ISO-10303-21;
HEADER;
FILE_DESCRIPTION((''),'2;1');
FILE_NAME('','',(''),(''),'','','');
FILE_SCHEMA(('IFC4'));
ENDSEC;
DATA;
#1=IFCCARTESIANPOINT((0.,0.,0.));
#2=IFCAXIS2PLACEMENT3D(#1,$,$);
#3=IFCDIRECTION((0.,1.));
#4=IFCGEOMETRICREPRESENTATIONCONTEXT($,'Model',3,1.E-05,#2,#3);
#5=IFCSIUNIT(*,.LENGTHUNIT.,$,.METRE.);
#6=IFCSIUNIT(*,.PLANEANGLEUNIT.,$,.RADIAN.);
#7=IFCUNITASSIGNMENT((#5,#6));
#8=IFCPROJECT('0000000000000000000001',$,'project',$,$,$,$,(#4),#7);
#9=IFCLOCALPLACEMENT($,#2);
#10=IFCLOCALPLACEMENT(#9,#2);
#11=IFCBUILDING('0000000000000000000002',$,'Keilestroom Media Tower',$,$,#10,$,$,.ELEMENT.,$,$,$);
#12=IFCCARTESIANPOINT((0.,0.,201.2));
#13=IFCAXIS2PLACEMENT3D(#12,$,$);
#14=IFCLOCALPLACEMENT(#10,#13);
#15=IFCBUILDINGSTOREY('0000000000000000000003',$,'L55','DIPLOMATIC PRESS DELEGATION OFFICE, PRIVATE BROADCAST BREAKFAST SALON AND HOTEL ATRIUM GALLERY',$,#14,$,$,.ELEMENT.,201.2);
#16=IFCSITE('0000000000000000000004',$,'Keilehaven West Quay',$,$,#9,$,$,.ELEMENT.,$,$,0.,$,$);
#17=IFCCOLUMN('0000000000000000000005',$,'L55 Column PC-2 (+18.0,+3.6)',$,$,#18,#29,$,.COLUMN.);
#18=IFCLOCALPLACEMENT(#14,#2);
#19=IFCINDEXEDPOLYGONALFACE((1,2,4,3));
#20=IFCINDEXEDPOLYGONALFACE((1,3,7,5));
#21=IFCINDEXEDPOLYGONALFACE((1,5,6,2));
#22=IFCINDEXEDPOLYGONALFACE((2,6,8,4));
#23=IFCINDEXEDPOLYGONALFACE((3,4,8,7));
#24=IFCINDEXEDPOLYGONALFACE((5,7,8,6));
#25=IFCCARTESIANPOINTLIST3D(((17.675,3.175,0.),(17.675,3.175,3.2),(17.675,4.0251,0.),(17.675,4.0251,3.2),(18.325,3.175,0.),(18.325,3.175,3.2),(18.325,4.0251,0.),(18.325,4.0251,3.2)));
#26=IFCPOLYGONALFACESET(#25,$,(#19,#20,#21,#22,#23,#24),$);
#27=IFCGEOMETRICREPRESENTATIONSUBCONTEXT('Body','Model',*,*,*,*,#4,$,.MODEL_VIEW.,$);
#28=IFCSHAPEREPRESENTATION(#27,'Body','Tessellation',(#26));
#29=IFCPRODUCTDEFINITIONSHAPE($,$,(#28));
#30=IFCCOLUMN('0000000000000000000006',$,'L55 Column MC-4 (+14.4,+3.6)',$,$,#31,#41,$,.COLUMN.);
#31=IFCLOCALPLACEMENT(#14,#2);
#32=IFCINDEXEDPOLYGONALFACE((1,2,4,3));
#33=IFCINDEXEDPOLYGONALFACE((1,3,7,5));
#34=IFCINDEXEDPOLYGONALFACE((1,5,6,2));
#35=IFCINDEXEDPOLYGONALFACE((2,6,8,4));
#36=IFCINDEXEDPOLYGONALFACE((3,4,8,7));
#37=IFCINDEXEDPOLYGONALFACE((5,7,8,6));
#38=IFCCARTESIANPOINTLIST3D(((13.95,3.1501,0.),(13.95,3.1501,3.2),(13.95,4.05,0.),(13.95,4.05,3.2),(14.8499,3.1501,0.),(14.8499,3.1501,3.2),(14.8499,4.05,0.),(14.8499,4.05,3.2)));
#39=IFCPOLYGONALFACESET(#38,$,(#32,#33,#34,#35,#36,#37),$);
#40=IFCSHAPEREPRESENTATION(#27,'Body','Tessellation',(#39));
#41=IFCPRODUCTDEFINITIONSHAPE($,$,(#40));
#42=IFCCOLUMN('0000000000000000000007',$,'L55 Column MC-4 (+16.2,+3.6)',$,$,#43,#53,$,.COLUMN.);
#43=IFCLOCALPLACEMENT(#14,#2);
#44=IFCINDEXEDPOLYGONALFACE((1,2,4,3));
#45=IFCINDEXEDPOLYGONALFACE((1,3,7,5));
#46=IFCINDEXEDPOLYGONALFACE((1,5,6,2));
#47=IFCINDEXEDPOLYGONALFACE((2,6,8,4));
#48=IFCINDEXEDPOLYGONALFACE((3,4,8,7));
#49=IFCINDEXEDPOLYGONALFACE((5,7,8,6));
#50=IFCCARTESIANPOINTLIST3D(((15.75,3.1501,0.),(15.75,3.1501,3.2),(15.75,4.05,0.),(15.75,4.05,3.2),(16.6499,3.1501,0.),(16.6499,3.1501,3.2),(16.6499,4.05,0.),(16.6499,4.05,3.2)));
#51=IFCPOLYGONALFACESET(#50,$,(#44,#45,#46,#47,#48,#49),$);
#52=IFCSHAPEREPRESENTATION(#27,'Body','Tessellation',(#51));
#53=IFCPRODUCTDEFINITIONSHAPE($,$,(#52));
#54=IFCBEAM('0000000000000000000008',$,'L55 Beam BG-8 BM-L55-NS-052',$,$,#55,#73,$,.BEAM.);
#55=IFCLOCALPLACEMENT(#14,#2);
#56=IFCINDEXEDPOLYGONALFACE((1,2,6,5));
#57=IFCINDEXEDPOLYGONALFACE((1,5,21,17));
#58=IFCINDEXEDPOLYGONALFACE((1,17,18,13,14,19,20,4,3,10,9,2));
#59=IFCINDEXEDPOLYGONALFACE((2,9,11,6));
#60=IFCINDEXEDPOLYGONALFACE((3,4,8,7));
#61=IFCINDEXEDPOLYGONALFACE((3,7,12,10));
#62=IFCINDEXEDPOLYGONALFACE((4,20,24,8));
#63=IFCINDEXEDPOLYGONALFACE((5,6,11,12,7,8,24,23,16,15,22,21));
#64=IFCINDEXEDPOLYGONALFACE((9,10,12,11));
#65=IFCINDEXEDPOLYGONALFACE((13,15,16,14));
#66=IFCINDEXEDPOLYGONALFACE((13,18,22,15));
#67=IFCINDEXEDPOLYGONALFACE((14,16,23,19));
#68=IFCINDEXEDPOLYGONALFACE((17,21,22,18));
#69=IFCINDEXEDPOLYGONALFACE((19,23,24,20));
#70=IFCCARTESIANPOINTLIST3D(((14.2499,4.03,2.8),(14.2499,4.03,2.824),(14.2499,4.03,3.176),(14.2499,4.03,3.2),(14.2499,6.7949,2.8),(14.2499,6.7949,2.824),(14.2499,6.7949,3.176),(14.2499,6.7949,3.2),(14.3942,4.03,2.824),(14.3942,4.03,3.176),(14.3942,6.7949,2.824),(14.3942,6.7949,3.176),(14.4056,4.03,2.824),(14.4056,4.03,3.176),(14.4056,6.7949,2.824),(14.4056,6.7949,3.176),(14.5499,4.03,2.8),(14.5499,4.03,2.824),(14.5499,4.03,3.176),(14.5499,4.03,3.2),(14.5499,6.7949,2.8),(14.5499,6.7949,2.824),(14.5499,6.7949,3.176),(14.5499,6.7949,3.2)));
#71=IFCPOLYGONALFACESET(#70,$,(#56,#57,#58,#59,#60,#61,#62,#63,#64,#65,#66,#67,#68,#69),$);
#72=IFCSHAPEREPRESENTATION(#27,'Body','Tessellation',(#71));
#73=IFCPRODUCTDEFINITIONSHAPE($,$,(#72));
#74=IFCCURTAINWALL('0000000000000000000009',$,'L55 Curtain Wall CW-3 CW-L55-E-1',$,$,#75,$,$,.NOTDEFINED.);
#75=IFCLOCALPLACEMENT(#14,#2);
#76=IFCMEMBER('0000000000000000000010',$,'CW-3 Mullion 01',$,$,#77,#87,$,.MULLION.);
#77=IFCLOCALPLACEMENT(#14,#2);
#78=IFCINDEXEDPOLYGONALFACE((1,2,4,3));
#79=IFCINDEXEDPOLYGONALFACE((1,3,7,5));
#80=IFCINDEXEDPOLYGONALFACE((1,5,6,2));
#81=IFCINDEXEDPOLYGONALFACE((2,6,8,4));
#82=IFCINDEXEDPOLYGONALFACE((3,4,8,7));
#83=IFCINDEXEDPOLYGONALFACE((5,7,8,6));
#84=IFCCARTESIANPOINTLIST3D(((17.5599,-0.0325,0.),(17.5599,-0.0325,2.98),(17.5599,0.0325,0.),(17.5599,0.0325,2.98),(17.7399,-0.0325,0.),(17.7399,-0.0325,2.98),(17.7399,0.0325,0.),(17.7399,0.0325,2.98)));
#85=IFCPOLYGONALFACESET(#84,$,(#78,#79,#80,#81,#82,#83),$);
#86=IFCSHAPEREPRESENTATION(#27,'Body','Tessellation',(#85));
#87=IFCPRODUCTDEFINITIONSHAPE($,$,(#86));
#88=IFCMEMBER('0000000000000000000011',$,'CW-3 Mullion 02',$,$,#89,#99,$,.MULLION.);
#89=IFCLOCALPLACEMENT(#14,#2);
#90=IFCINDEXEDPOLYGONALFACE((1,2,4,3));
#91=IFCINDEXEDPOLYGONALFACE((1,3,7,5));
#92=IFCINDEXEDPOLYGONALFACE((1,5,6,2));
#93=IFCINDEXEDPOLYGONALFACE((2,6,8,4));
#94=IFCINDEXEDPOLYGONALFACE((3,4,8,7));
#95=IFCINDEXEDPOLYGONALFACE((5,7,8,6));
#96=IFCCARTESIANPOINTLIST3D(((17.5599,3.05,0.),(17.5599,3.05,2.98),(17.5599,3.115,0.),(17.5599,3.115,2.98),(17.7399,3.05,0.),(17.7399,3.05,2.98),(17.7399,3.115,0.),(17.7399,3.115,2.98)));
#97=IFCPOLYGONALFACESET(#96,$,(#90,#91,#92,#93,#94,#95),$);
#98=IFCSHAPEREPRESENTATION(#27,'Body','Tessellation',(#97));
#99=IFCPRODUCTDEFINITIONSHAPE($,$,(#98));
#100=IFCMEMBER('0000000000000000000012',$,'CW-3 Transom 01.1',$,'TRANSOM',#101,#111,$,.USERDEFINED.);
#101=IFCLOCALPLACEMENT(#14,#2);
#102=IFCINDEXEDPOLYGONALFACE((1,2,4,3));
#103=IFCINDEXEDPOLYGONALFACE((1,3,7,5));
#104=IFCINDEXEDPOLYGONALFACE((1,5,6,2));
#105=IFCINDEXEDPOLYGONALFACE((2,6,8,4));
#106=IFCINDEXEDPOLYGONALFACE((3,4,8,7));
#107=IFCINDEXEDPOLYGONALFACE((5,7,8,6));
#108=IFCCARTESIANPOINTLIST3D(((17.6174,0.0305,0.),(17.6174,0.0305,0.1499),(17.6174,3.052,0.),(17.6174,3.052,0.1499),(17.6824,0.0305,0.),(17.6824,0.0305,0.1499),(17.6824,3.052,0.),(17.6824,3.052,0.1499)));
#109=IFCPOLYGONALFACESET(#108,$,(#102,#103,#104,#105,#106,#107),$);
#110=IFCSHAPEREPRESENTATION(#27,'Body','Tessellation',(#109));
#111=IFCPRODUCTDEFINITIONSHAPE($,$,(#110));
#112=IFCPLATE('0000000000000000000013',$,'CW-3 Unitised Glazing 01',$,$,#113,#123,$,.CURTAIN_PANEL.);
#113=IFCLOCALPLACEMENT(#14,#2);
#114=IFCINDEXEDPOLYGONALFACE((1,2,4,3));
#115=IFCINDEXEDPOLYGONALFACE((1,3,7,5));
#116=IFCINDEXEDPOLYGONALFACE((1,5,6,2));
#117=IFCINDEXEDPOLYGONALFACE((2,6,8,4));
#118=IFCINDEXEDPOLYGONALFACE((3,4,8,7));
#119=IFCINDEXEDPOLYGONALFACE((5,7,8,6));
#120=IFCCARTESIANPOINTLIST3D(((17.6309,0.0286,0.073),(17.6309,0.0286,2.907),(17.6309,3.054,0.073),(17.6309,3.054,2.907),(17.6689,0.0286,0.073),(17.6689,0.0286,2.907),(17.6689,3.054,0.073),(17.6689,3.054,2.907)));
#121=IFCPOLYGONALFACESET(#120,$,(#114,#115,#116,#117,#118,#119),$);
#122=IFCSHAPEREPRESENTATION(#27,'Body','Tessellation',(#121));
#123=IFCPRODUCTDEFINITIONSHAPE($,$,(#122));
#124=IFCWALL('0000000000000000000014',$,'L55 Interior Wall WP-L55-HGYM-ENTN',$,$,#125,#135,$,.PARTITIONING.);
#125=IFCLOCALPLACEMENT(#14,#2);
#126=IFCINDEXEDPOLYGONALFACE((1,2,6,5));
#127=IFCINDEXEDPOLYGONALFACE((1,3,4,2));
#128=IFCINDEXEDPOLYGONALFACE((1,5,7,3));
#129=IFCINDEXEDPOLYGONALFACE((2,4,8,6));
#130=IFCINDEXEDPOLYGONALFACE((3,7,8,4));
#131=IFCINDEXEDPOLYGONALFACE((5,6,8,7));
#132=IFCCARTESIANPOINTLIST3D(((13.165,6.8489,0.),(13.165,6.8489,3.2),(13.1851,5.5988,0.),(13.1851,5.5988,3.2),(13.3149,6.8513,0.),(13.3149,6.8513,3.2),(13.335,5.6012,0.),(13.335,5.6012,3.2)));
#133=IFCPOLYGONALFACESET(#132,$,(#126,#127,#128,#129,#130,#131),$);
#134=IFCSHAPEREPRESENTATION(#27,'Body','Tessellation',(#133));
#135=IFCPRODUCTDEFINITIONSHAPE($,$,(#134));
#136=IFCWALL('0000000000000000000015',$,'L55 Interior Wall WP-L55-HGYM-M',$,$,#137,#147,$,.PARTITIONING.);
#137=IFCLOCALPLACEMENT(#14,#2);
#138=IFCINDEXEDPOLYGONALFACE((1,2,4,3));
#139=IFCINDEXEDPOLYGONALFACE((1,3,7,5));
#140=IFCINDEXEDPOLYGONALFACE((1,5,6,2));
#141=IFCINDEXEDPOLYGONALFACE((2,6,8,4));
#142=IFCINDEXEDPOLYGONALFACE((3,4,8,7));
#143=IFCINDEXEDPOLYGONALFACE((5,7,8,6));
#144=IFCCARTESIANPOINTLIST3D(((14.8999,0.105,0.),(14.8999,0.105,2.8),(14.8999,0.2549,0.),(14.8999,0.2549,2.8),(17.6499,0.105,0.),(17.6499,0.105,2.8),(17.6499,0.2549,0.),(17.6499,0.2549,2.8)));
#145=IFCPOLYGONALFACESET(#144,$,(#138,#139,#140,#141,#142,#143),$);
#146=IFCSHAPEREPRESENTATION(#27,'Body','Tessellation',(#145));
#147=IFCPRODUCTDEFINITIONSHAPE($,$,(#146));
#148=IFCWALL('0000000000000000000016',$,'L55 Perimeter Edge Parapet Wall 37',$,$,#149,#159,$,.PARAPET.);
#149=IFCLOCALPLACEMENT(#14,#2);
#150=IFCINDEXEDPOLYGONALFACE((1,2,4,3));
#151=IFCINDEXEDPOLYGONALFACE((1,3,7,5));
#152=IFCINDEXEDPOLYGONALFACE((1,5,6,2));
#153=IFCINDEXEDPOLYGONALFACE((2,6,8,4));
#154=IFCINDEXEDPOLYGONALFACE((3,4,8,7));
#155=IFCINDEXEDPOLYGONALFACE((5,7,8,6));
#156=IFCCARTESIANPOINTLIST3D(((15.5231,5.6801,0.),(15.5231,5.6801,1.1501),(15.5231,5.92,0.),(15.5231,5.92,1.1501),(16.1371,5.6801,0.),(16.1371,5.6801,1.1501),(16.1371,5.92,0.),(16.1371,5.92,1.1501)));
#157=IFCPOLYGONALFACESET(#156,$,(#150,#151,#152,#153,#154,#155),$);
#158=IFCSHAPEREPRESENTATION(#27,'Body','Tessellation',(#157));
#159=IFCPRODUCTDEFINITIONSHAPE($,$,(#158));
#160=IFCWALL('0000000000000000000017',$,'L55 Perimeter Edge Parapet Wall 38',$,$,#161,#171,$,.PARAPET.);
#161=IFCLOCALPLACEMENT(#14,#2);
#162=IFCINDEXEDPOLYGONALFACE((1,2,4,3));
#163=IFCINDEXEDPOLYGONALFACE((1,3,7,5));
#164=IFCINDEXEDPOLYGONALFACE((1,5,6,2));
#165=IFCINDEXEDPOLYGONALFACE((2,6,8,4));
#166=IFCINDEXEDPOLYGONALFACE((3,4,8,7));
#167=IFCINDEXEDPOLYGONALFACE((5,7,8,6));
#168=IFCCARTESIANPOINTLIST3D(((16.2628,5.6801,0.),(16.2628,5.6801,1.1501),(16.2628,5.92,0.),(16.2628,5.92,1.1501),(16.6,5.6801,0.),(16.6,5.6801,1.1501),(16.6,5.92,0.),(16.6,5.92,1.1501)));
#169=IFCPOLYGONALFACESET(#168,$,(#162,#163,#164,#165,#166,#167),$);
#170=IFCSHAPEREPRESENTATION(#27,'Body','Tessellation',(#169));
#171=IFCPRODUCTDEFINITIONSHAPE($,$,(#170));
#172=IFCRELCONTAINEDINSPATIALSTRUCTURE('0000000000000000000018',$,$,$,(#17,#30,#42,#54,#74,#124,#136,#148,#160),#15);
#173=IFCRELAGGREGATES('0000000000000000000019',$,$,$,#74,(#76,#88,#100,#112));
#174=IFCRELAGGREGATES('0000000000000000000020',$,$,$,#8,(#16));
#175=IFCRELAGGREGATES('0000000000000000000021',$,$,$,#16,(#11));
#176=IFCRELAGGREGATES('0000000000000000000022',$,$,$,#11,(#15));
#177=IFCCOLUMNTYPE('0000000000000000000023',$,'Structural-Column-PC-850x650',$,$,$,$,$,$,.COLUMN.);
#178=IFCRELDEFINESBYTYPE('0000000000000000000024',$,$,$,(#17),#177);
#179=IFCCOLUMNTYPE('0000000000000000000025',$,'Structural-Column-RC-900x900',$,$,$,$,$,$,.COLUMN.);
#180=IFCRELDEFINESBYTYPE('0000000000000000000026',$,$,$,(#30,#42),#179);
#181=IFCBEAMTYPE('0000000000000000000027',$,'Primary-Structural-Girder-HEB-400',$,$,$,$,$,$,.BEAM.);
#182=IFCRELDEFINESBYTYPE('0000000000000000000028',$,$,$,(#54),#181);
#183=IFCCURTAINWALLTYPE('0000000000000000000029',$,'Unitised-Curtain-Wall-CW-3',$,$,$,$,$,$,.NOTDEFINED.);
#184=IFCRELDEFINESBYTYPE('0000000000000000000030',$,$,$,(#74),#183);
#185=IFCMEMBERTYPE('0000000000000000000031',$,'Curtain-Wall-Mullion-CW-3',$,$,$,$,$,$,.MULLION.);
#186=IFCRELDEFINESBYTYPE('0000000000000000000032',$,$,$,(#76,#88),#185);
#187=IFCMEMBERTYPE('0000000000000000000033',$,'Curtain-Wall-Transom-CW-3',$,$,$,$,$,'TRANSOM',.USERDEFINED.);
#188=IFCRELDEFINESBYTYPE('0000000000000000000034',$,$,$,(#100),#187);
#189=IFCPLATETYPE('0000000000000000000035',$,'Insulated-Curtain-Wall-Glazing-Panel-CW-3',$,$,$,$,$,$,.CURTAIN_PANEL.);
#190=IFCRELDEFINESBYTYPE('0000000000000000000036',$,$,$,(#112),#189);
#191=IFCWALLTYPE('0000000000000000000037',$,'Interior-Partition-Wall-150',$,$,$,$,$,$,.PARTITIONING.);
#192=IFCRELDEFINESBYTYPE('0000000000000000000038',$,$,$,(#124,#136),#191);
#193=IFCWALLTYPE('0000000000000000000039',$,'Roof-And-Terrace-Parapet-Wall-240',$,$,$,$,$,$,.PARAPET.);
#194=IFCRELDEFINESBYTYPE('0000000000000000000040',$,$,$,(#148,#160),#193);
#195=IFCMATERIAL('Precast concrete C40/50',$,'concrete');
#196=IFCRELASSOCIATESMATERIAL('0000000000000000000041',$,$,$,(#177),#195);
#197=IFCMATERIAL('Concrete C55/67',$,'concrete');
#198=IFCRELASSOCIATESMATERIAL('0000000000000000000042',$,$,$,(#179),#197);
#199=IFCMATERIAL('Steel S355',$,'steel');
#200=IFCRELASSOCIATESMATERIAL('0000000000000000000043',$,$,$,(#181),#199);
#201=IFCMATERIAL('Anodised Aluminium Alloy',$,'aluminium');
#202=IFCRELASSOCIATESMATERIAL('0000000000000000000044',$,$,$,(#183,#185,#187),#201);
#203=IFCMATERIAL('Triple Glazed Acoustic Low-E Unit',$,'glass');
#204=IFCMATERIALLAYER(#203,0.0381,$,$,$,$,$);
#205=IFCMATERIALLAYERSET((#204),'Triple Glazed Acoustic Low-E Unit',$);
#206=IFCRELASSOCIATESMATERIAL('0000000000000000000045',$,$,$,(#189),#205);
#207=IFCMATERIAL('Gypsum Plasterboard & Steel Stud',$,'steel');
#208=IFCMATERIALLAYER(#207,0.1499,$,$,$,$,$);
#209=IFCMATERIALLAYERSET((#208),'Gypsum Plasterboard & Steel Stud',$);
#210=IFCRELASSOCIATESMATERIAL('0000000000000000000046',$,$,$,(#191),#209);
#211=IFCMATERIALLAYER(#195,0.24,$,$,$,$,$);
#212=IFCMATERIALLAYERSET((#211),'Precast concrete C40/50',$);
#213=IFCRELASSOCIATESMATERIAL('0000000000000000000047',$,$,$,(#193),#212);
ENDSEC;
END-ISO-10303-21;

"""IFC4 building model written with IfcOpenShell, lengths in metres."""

from ifc_helpers import new_model, si_unit, direction, frame, frame_2d, origin, origin_2d, place, context, subcontext, project, spatial, rectangle, i_section, extrude, source, transform, mapped, material, layer, layer_set, material_profile, profile_set, type_object, element, aggregate, save


model = new_model("IFC4")

# Units and contexts
model_context = context("Model", 3, precision=1e-05, world=origin(), true_north=direction((0.0, 1.0)))
body_context = subcontext(model_context, "Body", "Model", "MODEL_VIEW")
ifc_project = project(units=[si_unit("LENGTHUNIT", "METRE"), si_unit("PLANEANGLEUNIT", "RADIAN")], contexts=[model_context])

# Site, building, storey
site_placement = place(None, origin())
site = spatial("IfcSite", under=ifc_project, at=site_placement, Name="Keilehaven West Quay", CompositionType="ELEMENT", RefElevation=0.0)
building_placement = place(site_placement, origin())
building = spatial("IfcBuilding", under=site, at=building_placement, Name="Keilestroom Media Tower", CompositionType="ELEMENT")
storey_placement = place(building_placement, frame((0.0, 0.0, 201.2)))
storey = spatial("IfcBuildingStorey", under=building, at=storey_placement, Name="L55", Description="DIPLOMATIC PRESS DELEGATION OFFICE, PRIVATE BROADCAST BREAKFAST SALON AND HOTEL ATRIUM GALLERY", CompositionType="ELEMENT", Elevation=201.2)

# Columns
ifc_material_1 = material(Name="Precast concrete C40/50", Category="concrete")
ifc_material_profile_1 = material_profile(ifc_material_1, rectangle(XDim=0.6499, YDim=0.8501, at=origin_2d()), Name="PC 850x650")
ifc_profile_set_1 = profile_set([ifc_material_profile_1], Name="Precast concrete C40/50")
column_type_1 = type_object("IfcColumnType", Name="Structural-Column-PC-850x650", PredefinedType="COLUMN", material=ifc_profile_set_1)
shared_shape_1 = source(origin(), body_context, "Body", "SweptSolid", [
    extrude(rectangle(XDim=0.6499, YDim=0.8501, at=origin_2d()), origin(), (0.0, 0.0, 1.0), 3.2),
])
column_placement = place(storey_placement, frame((18.0, 3.6001, 0.0), z_axis=(0.0, 0.0, 1.0), x_axis=(1.0, 0.0, 0.0)))
element("IfcColumn", 1, at=column_placement, inside=storey, type_object=column_type_1, Name="L55 Column PC-2 (+18.0,+3.6)", PredefinedType="COLUMN", context=body_context, shape_type="MappedRepresentation", body=[
    mapped(shared_shape_1, transform((0.0, 0.0, 0.0), x_axis=(1.0, 0.0, 0.0), y_axis=(0.0, 1.0, 0.0), z_axis=(0.0, 0.0, 1.0), scale=1.0)),
])
ifc_material_2 = material(Name="Concrete C55/67", Category="concrete")
ifc_material_profile_2 = material_profile(ifc_material_2, rectangle(XDim=0.8999, YDim=0.8999, at=origin_2d()), Name="RC 900x900")
ifc_profile_set_2 = profile_set([ifc_material_profile_2], Name="Concrete C55/67")
column_type_2 = type_object("IfcColumnType", Name="Structural-Column-RC-900x900", PredefinedType="COLUMN", material=ifc_profile_set_2)
shared_shape_2 = source(origin(), body_context, "Body", "SweptSolid", [
    extrude(rectangle(XDim=0.8999, YDim=0.8999, at=origin_2d()), origin(), (0.0, 0.0, 1.0), 3.2),
])
for number, where, z_axis, x_axis, name in (
    (2, (14.3999, 3.6001, 0.0), (0.0, 0.0, 1.0), (1.0, 0.0, 0.0), "L55 Column MC-4 (+14.4,+3.6)"),
    (3, (16.2, 3.6001, 0.0), (0.0, 0.0, 1.0), (1.0, 0.0, 0.0), "L55 Column MC-4 (+16.2,+3.6)"),
):
    element("IfcColumn", number, at=place(storey_placement, frame(where, z_axis=z_axis, x_axis=x_axis)), inside=storey, type_object=column_type_2, Name=name, PredefinedType="COLUMN", context=body_context, shape_type="MappedRepresentation", body=[
        mapped(shared_shape_2, transform((0.0, 0.0, 0.0), x_axis=(1.0, 0.0, 0.0), y_axis=(0.0, 1.0, 0.0), z_axis=(0.0, 0.0, 1.0), scale=1.0)),
    ])

# Beam
ifc_material_3 = material(Name="Steel S355", Category="steel")
ifc_material_profile_3 = material_profile(ifc_material_3, i_section(OverallWidth=0.3, OverallDepth=0.3999, WebThickness=0.0115, FlangeThickness=0.0239, at=origin_2d()), Name="HEB 400")
ifc_profile_set_3 = profile_set([ifc_material_profile_3], Name="Steel S355")
beam_type = type_object("IfcBeamType", Name="Primary-Structural-Girder-HEB-400", PredefinedType="BEAM", material=ifc_profile_set_3)
shared_shape_3 = source(origin(), body_context, "Body", "SweptSolid", [
    extrude(i_section(OverallWidth=0.3, OverallDepth=0.3999, WebThickness=0.0115, FlangeThickness=0.0239, at=origin_2d()), origin(), (0.0, 0.0, 1.0), 2.7649),
])
beam_placement = place(storey_placement, frame((14.3999, 4.03, 3.0), z_axis=(0.0, 1.0, 0.0), x_axis=(-1.0, 0.0, 0.0)))
element("IfcBeam", 4, at=beam_placement, inside=storey, type_object=beam_type, Name="L55 Beam BG-8 BM-L55-NS-052", PredefinedType="BEAM", context=body_context, shape_type="MappedRepresentation", body=[
    mapped(shared_shape_3, transform((0.0, 0.0, 0.0), x_axis=(1.0, 0.0, 0.0), y_axis=(0.0, 1.0, 0.0), z_axis=(0.0, 0.0, 1.0), scale=1.0)),
])

# Curtain wall, members, plate
ifc_material_4 = material(Name="Anodised Aluminium Alloy", Category="aluminium")
curtain_wall_type = type_object("IfcCurtainWallType", Name="Unitised-Curtain-Wall-CW-3", PredefinedType="NOTDEFINED", material=ifc_material_4)
curtain_wall_placement = place(storey_placement, origin())
curtain_wall = element("IfcCurtainWall", 5, at=curtain_wall_placement, inside=storey, type_object=curtain_wall_type, Name="L55 Curtain Wall CW-3 CW-L55-E-1", PredefinedType="NOTDEFINED")
ifc_material_profile_4 = material_profile(ifc_material_4, rectangle(XDim=0.0649, YDim=0.1799, at=origin_2d()), Name="ALU MULLION 65x180")
ifc_profile_set_4 = profile_set([ifc_material_profile_4], Name="Anodised Aluminium Alloy")
member_type_1 = type_object("IfcMemberType", Name="Curtain-Wall-Mullion-CW-3", PredefinedType="MULLION", material=ifc_profile_set_4)
shared_shape_4 = source(origin(), body_context, "Body", "SweptSolid", [
    extrude(rectangle(XDim=0.0649, YDim=0.1799, at=origin_2d()), origin(), (0.0, 0.0, 1.0), 2.98),
])
member_1_placement = place(storey_placement, frame((17.6499, 0.0, 0.0), z_axis=(0.0, 0.0, 1.0), x_axis=(0.0, 1.0, 0.0)))
member_1 = element("IfcMember", 6, at=member_1_placement, type_object=member_type_1, Name="CW-3 Mullion 01", PredefinedType="MULLION", context=body_context, shape_type="MappedRepresentation", body=[
    mapped(shared_shape_4, transform((0.0, 0.0, 0.0), x_axis=(1.0, 0.0, 0.0), y_axis=(0.0, 1.0, 0.0), z_axis=(0.0, 0.0, 1.0), scale=1.0)),
])
member_2_placement = place(storey_placement, frame((17.6499, 3.0825, 0.0), z_axis=(0.0, 0.0, 1.0), x_axis=(0.0, 1.0, 0.0)))
member_2 = element("IfcMember", 7, at=member_2_placement, type_object=member_type_1, Name="CW-3 Mullion 02", PredefinedType="MULLION", context=body_context, shape_type="MappedRepresentation", body=[
    mapped(shared_shape_4, transform((0.0, 0.0, 0.0), x_axis=(1.0, 0.0, 0.0), y_axis=(0.0, 1.0, 0.0), z_axis=(0.0, 0.0, 1.0), scale=1.0)),
])
ifc_material_profile_5 = material_profile(ifc_material_4, rectangle(XDim=0.0649, YDim=0.1499, at=origin_2d()), Name="ALU TRANSOM 65x150")
ifc_profile_set_5 = profile_set([ifc_material_profile_5], Name="Anodised Aluminium Alloy")
member_type_2 = type_object("IfcMemberType", Name="Curtain-Wall-Transom-CW-3", ElementType="TRANSOM", PredefinedType="USERDEFINED", material=ifc_profile_set_5)
shared_shape_5 = source(origin(), body_context, "Body", "SweptSolid", [
    extrude(rectangle(XDim=0.0649, YDim=0.1499, at=origin_2d()), origin(), (0.0, 0.0, 1.0), 3.0215),
])
member_3_placement = place(storey_placement, frame((17.6499, 0.0305, 0.075), z_axis=(0.0, 1.0, 0.0), x_axis=(-1.0, 0.0, 0.0)))
member_3 = element("IfcMember", 8, at=member_3_placement, type_object=member_type_2, Name="CW-3 Transom 01.1", ObjectType="TRANSOM", PredefinedType="USERDEFINED", context=body_context, shape_type="MappedRepresentation", body=[
    mapped(shared_shape_5, transform((0.0, 0.0, 0.0), x_axis=(1.0, 0.0, 0.0), y_axis=(0.0, 1.0, 0.0), z_axis=(0.0, 0.0, 1.0), scale=1.0)),
])
ifc_material_5 = material(Name="Triple Glazed Acoustic Low-E Unit", Category="glass")
ifc_layer_1 = layer(ifc_material_5, 0.0381)
ifc_layer_set_1 = layer_set([ifc_layer_1], Name="Triple Glazed Acoustic Low-E Unit")
plate_type = type_object("IfcPlateType", Name="Insulated-Curtain-Wall-Glazing-Panel-CW-3", PredefinedType="CURTAIN_PANEL", material=ifc_layer_set_1)
shared_shape_6 = source(origin(), body_context, "Body", "SweptSolid", [
    extrude(rectangle(XDim=3.0254, YDim=0.0381, at=origin_2d()), origin(), (0.0, 0.0, 1.0), 2.834),
])
plate_placement = place(storey_placement, frame((17.6499, 1.5413, 0.073), z_axis=(0.0, 0.0, 1.0), x_axis=(0.0, 1.0, 0.0)))
plate = element("IfcPlate", 9, at=plate_placement, type_object=plate_type, Name="CW-3 Unitised Glazing 01", PredefinedType="CURTAIN_PANEL", context=body_context, shape_type="MappedRepresentation", body=[
    mapped(shared_shape_6, transform((0.0, 0.0, 0.0), x_axis=(1.0, 0.0, 0.0), y_axis=(0.0, 1.0, 0.0), z_axis=(0.0, 0.0, 1.0), scale=1.0)),
])
aggregate(curtain_wall, [member_1, member_2, member_3, plate])

# Walls
ifc_material_6 = material(Name="Gypsum Plasterboard & Steel Stud", Category="steel")
ifc_layer_2 = layer(ifc_material_6, 0.1499)
ifc_layer_set_2 = layer_set([ifc_layer_2], Name="Gypsum Plasterboard & Steel Stud")
wall_type_1 = type_object("IfcWallType", Name="Interior-Partition-Wall-150", PredefinedType="PARTITIONING", material=ifc_layer_set_2)
wall_1_placement = place(storey_placement, frame((13.26, 5.6001, 0.0), z_axis=(0.0, 0.0, 1.0), x_axis=(-0.016014, 0.999872, 0.0)))
element("IfcWall", 10, at=wall_1_placement, inside=storey, type_object=wall_type_1, Name="L55 Interior Wall WP-L55-HGYM-ENTN", PredefinedType="PARTITIONING", context=body_context, shape_type="SweptSolid", body=[
    extrude(rectangle(XDim=1.2502, YDim=0.1499, at=frame_2d((0.625, 0.0))), origin(), (0.0, 0.0, 1.0), 3.2),
])
wall_2_placement = place(storey_placement, frame((14.8999, 0.1799, 0.0), z_axis=(0.0, 0.0, 1.0), x_axis=(1.0, 0.0, 0.0)))
element("IfcWall", 11, at=wall_2_placement, inside=storey, type_object=wall_type_1, Name="L55 Interior Wall WP-L55-HGYM-M", PredefinedType="PARTITIONING", context=body_context, shape_type="SweptSolid", body=[
    extrude(rectangle(XDim=2.75, YDim=0.1499, at=frame_2d((1.375, 0.0))), origin(), (0.0, 0.0, 1.0), 2.8),
])
ifc_layer_3 = layer(ifc_material_1, 0.24)
ifc_layer_set_3 = layer_set([ifc_layer_3], Name="Precast concrete C40/50")
wall_type_2 = type_object("IfcWallType", Name="Roof-And-Terrace-Parapet-Wall-240", PredefinedType="PARAPET", material=ifc_layer_set_3)
wall_3_placement = place(storey_placement, frame((15.5229, 5.8, 0.0), z_axis=(0.0, 0.0, 1.0), x_axis=(1.0, 0.0, 0.0)))
element("IfcWall", 12, at=wall_3_placement, inside=storey, type_object=wall_type_2, Name="L55 Perimeter Edge Parapet Wall 37", PredefinedType="PARAPET", context=body_context, shape_type="SweptSolid", body=[
    extrude(rectangle(XDim=0.614, YDim=0.24, at=frame_2d((0.3071, 0.0))), origin(), (0.0, 0.0, 1.0), 1.1501),
])
wall_4_placement = place(storey_placement, frame((16.2629, 5.8, 0.0), z_axis=(0.0, 0.0, 1.0), x_axis=(1.0, 0.0, 0.0)))
element("IfcWall", 13, at=wall_4_placement, inside=storey, type_object=wall_type_2, Name="L55 Perimeter Edge Parapet Wall 38", PredefinedType="PARAPET", context=body_context, shape_type="SweptSolid", body=[
    extrude(rectangle(XDim=0.3372, YDim=0.24, at=frame_2d((0.1685, 0.0))), origin(), (0.0, 0.0, 1.0), 1.1501),
])

save(model, "model.ifc")
